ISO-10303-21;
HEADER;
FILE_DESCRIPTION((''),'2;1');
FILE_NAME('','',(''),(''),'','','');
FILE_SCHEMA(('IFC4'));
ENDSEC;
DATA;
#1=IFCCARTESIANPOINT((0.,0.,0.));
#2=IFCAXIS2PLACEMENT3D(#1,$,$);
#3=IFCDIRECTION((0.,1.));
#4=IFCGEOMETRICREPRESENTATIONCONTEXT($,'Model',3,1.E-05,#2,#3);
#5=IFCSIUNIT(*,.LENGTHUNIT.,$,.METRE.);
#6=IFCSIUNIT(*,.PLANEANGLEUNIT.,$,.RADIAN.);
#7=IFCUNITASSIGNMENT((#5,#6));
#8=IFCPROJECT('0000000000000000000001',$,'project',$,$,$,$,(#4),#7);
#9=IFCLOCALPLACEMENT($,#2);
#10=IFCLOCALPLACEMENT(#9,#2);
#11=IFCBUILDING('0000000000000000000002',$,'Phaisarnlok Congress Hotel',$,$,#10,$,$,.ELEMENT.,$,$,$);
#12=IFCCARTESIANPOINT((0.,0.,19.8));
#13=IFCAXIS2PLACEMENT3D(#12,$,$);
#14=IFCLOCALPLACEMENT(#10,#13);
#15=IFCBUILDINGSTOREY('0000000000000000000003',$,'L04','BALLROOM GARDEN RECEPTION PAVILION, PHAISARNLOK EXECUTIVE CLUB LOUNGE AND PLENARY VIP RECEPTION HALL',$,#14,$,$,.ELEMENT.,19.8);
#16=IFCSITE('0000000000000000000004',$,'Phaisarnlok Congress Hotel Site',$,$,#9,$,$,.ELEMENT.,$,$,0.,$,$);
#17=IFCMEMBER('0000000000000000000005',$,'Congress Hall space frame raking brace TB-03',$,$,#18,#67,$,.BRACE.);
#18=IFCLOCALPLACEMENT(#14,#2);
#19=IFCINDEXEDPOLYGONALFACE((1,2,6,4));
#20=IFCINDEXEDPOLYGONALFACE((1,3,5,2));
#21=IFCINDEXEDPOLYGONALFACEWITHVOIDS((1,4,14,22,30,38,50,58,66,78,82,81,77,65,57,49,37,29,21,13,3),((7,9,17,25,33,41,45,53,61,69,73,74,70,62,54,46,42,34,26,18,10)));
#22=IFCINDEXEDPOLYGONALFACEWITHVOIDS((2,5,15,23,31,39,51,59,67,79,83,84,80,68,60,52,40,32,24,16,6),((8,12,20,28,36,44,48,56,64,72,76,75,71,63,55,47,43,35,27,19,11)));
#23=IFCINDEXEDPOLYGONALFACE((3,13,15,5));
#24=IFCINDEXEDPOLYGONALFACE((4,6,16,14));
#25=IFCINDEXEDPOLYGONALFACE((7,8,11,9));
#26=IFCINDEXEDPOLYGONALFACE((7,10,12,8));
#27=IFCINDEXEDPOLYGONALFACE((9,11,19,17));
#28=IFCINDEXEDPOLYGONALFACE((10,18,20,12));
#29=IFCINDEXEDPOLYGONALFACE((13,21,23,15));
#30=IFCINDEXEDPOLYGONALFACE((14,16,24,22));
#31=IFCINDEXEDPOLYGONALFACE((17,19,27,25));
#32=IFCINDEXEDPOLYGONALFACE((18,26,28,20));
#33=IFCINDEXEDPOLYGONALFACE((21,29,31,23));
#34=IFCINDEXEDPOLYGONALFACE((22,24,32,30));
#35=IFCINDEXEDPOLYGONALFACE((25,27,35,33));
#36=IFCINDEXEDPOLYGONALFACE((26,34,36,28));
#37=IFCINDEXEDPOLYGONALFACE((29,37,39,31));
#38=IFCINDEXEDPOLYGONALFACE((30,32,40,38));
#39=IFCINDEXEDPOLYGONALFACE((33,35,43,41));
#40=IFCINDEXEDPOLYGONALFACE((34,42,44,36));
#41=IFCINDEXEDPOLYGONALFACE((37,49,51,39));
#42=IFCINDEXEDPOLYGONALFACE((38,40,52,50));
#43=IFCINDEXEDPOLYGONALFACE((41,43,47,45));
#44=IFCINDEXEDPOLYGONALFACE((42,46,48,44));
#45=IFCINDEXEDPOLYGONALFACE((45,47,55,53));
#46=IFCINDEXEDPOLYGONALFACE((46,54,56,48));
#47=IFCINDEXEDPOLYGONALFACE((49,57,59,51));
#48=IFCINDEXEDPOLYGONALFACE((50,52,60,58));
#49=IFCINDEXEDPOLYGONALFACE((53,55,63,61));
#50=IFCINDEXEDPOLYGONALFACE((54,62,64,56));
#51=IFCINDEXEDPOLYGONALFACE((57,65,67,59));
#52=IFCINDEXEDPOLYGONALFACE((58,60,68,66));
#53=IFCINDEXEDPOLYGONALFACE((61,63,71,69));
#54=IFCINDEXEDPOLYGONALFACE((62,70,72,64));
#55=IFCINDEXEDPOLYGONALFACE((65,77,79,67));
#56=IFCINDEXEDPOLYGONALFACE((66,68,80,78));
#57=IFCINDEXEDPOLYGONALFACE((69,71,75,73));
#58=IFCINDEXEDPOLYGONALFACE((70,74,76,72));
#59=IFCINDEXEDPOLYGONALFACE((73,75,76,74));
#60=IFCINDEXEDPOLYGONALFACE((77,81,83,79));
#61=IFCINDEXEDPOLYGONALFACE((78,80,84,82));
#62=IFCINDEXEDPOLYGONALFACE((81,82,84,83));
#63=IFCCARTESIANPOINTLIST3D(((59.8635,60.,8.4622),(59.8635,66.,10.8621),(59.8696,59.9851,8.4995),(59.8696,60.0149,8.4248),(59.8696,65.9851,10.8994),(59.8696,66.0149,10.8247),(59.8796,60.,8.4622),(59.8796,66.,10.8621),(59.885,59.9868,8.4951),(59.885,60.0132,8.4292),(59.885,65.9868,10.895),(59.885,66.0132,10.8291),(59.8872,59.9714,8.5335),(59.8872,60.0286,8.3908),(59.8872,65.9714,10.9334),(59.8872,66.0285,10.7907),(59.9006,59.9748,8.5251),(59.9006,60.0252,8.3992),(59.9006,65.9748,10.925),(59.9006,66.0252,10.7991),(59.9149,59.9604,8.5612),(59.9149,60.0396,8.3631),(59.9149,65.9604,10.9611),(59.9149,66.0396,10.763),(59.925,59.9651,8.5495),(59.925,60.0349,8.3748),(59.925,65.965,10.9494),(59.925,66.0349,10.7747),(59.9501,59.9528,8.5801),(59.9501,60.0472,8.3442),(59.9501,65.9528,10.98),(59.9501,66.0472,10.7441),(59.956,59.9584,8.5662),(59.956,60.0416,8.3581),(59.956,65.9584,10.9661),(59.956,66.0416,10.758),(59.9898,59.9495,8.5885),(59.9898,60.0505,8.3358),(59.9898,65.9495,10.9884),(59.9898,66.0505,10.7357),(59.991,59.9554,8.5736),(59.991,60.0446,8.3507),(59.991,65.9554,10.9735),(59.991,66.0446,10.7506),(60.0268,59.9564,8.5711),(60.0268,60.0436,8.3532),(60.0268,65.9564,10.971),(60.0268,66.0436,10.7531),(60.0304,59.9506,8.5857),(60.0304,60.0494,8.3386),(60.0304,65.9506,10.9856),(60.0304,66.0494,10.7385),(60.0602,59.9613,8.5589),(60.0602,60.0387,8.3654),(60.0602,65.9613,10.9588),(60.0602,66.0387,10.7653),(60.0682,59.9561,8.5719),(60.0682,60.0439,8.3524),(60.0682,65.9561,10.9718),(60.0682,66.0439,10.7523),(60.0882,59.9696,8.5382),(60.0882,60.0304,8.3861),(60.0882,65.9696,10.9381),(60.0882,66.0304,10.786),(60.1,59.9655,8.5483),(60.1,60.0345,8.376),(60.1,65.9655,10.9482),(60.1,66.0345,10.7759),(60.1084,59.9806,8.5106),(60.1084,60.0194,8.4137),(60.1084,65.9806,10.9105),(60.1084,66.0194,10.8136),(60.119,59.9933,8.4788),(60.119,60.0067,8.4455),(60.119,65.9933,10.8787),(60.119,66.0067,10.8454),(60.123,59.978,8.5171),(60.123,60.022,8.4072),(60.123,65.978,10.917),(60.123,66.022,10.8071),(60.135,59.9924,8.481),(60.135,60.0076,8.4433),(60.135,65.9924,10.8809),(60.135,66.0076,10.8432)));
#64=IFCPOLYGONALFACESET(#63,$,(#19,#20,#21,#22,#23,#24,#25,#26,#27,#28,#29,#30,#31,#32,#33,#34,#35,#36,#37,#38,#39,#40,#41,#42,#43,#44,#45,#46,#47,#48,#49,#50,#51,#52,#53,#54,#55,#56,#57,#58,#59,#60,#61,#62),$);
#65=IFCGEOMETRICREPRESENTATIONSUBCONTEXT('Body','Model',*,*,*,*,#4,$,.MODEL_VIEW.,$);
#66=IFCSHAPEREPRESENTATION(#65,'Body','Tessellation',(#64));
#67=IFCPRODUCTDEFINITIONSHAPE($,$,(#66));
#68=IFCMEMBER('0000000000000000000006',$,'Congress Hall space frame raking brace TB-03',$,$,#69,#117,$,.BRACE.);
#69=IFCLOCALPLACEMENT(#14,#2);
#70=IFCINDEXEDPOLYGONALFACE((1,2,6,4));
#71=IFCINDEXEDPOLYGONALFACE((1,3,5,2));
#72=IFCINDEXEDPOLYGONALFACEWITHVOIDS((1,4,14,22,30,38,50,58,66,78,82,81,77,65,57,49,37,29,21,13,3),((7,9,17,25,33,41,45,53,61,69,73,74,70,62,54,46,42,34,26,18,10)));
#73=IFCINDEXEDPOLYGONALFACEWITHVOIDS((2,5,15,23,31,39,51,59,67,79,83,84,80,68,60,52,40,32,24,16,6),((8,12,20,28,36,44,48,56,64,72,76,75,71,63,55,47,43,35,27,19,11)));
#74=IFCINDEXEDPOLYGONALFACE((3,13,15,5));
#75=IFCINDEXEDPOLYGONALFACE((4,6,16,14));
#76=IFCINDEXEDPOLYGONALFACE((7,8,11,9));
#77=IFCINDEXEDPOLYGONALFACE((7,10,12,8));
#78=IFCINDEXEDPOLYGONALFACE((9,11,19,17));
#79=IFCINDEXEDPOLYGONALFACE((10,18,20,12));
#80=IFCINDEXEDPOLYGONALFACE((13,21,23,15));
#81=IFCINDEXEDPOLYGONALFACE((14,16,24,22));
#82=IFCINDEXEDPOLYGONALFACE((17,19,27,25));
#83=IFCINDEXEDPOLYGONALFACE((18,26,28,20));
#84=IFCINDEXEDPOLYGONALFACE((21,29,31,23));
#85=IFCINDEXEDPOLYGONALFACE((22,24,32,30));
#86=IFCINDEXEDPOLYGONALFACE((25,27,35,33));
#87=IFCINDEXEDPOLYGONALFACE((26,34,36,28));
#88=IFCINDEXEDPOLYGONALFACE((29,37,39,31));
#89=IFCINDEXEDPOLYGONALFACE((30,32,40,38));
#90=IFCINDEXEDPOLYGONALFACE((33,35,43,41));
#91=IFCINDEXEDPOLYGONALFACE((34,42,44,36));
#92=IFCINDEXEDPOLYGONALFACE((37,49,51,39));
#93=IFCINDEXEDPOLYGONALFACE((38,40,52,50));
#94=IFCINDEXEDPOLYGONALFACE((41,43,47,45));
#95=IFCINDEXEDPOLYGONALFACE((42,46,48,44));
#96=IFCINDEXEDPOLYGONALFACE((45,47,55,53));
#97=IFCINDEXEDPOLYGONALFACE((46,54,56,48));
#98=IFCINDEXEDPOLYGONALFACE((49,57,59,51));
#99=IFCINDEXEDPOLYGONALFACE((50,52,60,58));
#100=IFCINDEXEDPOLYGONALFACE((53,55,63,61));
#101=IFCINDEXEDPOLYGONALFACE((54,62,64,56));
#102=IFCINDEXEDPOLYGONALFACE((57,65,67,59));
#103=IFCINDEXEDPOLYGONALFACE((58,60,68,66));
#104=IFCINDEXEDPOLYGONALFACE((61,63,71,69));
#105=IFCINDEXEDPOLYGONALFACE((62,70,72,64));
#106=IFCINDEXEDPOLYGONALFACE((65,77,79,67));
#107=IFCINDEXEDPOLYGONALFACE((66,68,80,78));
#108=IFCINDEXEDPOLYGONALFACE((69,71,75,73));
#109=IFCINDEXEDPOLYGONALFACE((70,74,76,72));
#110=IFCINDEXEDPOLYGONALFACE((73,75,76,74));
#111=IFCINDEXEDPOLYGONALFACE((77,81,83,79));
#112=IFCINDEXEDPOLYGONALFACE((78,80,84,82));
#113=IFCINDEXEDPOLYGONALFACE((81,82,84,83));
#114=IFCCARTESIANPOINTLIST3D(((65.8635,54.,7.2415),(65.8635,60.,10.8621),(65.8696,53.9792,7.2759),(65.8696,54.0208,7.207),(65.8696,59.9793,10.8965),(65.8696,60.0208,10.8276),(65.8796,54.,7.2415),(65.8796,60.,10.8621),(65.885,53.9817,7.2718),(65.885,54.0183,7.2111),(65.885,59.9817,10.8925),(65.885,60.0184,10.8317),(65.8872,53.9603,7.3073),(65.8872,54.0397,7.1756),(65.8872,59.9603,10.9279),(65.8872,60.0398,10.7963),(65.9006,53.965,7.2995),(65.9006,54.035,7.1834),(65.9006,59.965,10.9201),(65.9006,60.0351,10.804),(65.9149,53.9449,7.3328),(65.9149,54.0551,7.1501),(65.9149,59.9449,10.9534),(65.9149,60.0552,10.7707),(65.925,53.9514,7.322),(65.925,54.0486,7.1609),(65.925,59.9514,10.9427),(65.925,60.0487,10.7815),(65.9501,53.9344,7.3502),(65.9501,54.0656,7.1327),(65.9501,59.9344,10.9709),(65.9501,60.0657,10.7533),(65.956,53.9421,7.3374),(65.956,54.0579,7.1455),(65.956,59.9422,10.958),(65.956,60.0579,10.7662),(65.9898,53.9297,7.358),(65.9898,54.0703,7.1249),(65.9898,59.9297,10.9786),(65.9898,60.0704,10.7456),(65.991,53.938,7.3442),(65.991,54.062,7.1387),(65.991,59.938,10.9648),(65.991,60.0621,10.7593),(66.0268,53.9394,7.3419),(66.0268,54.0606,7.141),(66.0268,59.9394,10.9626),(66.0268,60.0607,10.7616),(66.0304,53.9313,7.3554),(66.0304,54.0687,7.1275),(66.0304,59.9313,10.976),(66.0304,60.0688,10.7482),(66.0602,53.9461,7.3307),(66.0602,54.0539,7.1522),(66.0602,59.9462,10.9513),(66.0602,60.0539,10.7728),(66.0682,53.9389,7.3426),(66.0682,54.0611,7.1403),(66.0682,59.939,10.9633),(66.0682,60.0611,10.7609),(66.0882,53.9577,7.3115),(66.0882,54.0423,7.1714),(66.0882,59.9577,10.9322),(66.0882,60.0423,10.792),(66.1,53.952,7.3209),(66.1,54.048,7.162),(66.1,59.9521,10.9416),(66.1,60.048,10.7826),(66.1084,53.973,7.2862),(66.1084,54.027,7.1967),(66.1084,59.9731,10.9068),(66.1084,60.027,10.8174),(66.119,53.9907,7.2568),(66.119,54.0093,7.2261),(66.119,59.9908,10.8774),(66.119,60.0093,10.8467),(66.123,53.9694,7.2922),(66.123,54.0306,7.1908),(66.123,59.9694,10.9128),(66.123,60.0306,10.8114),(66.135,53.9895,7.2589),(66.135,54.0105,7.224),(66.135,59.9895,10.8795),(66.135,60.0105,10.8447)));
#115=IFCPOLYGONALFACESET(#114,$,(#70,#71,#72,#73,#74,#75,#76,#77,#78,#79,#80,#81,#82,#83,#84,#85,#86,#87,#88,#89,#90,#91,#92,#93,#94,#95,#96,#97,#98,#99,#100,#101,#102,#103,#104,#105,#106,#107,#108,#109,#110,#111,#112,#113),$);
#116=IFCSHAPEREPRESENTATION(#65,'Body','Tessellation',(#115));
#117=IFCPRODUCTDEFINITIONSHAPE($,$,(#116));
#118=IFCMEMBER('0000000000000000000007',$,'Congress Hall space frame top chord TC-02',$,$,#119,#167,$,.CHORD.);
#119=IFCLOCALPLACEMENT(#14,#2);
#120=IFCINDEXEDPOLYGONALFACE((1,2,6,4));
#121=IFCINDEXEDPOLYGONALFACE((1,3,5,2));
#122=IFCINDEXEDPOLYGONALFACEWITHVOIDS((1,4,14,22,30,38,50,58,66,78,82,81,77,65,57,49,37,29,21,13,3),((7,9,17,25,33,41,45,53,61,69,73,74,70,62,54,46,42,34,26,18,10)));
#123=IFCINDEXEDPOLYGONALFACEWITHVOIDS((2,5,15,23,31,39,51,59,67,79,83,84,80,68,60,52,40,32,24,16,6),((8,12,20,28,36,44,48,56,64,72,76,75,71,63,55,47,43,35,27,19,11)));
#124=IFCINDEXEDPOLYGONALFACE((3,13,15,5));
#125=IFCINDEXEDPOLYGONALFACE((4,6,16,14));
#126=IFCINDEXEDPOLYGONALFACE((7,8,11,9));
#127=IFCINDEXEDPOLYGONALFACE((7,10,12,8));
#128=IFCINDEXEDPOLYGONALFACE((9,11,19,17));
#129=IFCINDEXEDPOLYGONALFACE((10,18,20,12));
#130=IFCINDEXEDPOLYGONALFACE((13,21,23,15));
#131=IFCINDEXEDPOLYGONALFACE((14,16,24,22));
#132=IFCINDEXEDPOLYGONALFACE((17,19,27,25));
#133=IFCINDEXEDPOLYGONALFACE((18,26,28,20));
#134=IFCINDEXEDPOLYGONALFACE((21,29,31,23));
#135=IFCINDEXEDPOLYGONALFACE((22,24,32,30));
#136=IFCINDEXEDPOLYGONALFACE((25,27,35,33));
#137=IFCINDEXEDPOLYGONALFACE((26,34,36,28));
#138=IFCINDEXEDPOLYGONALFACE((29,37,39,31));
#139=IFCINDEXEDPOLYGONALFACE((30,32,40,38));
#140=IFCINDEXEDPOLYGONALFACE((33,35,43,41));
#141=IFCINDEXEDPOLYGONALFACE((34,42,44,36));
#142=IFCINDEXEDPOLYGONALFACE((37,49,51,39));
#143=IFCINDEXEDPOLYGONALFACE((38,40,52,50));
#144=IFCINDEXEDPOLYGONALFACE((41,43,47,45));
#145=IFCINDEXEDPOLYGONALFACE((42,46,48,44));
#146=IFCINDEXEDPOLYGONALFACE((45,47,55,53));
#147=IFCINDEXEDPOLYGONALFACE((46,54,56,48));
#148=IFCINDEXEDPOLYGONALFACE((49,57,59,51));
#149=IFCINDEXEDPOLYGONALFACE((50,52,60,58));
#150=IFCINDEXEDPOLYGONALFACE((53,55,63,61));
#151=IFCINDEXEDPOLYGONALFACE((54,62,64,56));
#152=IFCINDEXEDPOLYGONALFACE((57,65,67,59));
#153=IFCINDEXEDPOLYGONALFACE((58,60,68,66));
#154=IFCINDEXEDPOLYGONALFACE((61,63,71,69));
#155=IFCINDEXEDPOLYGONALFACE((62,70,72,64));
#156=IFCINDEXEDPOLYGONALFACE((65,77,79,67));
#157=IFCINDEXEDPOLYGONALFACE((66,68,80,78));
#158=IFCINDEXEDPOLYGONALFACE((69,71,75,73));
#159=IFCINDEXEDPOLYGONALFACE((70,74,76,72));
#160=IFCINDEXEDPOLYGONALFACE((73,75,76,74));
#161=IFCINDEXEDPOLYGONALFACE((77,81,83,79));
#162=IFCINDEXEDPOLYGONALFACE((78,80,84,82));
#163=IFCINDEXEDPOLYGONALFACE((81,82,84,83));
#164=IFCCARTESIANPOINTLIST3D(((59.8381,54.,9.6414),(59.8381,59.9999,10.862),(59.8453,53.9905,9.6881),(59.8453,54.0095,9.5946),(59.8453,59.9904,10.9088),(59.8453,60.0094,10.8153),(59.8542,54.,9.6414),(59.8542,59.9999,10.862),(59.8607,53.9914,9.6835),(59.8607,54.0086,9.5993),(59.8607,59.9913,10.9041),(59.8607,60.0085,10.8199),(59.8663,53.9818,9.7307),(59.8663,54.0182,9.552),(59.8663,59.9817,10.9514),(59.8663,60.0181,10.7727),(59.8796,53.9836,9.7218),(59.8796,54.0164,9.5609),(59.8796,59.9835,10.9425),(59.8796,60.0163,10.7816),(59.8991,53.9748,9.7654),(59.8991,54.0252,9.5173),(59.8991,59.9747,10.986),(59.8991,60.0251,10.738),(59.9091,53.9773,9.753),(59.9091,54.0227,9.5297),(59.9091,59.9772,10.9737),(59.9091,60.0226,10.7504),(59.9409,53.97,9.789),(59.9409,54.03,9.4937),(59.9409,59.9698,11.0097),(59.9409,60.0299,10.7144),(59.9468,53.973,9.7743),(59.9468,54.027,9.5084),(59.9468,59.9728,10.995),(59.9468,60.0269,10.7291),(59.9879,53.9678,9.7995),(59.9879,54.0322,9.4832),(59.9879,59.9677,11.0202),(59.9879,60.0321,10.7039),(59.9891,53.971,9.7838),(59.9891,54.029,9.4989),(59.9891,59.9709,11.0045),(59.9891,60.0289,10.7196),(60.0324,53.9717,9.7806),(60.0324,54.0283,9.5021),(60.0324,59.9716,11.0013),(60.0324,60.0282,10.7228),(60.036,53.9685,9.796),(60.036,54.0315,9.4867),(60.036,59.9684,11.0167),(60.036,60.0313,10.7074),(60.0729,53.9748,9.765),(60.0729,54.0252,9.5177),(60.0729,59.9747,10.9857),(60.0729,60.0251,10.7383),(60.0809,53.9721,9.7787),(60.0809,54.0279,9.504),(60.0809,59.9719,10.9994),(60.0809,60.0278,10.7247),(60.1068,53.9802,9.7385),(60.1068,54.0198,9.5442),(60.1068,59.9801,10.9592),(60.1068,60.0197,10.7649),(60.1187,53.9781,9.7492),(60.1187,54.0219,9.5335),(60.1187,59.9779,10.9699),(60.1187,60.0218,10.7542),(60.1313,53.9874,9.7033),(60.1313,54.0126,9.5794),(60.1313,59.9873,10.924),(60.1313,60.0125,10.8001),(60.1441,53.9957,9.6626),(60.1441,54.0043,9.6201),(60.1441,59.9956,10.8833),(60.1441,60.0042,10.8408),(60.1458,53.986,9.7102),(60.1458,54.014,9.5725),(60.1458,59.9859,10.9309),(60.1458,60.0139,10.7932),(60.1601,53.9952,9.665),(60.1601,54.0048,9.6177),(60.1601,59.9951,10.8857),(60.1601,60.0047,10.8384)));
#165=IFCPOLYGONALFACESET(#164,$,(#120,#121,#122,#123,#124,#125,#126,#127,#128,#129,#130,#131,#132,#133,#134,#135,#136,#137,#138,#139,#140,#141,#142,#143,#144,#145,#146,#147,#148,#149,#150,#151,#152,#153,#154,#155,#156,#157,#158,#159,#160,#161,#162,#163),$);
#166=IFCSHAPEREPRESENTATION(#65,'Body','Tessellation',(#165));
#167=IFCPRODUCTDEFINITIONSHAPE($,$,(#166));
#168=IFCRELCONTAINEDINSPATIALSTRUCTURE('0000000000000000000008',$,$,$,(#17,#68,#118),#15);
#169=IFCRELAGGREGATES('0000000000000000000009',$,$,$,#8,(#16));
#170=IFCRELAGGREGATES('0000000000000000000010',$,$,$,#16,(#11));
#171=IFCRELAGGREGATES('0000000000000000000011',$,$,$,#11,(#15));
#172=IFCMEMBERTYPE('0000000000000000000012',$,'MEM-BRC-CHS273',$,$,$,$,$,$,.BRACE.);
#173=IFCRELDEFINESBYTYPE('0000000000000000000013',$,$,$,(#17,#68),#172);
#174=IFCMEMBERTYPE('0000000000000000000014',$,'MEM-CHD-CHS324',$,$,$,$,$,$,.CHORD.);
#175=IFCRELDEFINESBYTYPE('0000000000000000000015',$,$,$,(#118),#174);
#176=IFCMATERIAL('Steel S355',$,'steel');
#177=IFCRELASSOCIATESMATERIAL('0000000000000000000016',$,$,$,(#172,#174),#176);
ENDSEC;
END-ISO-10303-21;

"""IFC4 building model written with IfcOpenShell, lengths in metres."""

from ifc_helpers import new_model, si_unit, direction, frame, origin, origin_2d, place, context, subcontext, project, spatial, hollow_circle, extrude, material, material_profile, profile_set, type_object, element, save


model = new_model("IFC4")

# Units and contexts
model_context = context("Model", 3, precision=1e-05, world=origin(), true_north=direction((0.0, 1.0)))
body_context = subcontext(model_context, "Body", "Model", "MODEL_VIEW")
ifc_project = project(units=[si_unit("LENGTHUNIT", "METRE"), si_unit("PLANEANGLEUNIT", "RADIAN")], contexts=[model_context])

# Site, building, storey
site_placement = place(None, origin())
site = spatial("IfcSite", under=ifc_project, at=site_placement, Name="Phaisarnlok Congress Hotel Site", CompositionType="ELEMENT", RefElevation=0.0)
building_placement = place(site_placement, origin())
building = spatial("IfcBuilding", under=site, at=building_placement, Name="Phaisarnlok Congress Hotel", CompositionType="ELEMENT")
storey_placement = place(building_placement, frame((0.0, 0.0, 19.8)))
storey = spatial("IfcBuildingStorey", under=building, at=storey_placement, Name="L04", Description="BALLROOM GARDEN RECEPTION PAVILION, PHAISARNLOK EXECUTIVE CLUB LOUNGE AND PLENARY VIP RECEPTION HALL", CompositionType="ELEMENT", Elevation=19.8)

# Shared definitions
ifc_material_1 = material(Name="Steel S355", Category="steel")

# Members
ifc_material_profile_1 = material_profile(ifc_material_1, hollow_circle(Radius=0.1365, WallThickness=0.0161, at=origin_2d()), Name="CHS 273x16")
ifc_profile_set_1 = profile_set([ifc_material_profile_1], Name="Steel S355")
member_type_1 = type_object("IfcMemberType", Name="MEM-BRC-CHS273", PredefinedType="BRACE", material=ifc_profile_set_1)
member_1_placement = place(storey_placement, frame((60.0, 60.0, 8.4622), z_axis=(0.0, 0.928482, 0.371378), x_axis=(-1.0, 0.0, 0.0)))
element("IfcMember", 1, at=member_1_placement, inside=storey, type_object=member_type_1, Name="Congress Hall space frame raking brace TB-03", PredefinedType="BRACE", context=body_context, shape_type="SweptSolid", body=[
    extrude(hollow_circle(Radius=0.1365, WallThickness=0.0161, at=origin_2d()), origin(), (0.0, 0.0, 1.0), 6.4622),
])
member_2_placement = place(storey_placement, frame((66.0, 54.0, 7.2415), z_axis=(0.0, 0.856193, 0.516656), x_axis=(-1.0, 0.0, 0.0)))
element("IfcMember", 2, at=member_2_placement, inside=storey, type_object=member_type_1, Name="Congress Hall space frame raking brace TB-03", PredefinedType="BRACE", context=body_context, shape_type="SweptSolid", body=[
    extrude(hollow_circle(Radius=0.1365, WallThickness=0.0161, at=origin_2d()), origin(), (0.0, 0.0, 1.0), 7.0078),
])
ifc_material_profile_2 = material_profile(ifc_material_1, hollow_circle(Radius=0.1619, WallThickness=0.0161, at=origin_2d()), Name="CHS 323.9x16")
ifc_profile_set_2 = profile_set([ifc_material_profile_2], Name="Steel S355")
member_type_2 = type_object("IfcMemberType", Name="MEM-CHD-CHS324", PredefinedType="CHORD", material=ifc_profile_set_2)
member_3_placement = place(storey_placement, frame((60.0, 54.0, 9.6414), z_axis=(0.0, 0.979925, 0.199366), x_axis=(-1.0, 0.0, 0.0)))
element("IfcMember", 3, at=member_3_placement, inside=storey, type_object=member_type_2, Name="Congress Hall space frame top chord TC-02", PredefinedType="CHORD", context=body_context, shape_type="SweptSolid", body=[
    extrude(hollow_circle(Radius=0.1619, WallThickness=0.0161, at=origin_2d()), origin(), (0.0, 0.0, 1.0), 6.1228),
])

save(model, "model.ifc")
